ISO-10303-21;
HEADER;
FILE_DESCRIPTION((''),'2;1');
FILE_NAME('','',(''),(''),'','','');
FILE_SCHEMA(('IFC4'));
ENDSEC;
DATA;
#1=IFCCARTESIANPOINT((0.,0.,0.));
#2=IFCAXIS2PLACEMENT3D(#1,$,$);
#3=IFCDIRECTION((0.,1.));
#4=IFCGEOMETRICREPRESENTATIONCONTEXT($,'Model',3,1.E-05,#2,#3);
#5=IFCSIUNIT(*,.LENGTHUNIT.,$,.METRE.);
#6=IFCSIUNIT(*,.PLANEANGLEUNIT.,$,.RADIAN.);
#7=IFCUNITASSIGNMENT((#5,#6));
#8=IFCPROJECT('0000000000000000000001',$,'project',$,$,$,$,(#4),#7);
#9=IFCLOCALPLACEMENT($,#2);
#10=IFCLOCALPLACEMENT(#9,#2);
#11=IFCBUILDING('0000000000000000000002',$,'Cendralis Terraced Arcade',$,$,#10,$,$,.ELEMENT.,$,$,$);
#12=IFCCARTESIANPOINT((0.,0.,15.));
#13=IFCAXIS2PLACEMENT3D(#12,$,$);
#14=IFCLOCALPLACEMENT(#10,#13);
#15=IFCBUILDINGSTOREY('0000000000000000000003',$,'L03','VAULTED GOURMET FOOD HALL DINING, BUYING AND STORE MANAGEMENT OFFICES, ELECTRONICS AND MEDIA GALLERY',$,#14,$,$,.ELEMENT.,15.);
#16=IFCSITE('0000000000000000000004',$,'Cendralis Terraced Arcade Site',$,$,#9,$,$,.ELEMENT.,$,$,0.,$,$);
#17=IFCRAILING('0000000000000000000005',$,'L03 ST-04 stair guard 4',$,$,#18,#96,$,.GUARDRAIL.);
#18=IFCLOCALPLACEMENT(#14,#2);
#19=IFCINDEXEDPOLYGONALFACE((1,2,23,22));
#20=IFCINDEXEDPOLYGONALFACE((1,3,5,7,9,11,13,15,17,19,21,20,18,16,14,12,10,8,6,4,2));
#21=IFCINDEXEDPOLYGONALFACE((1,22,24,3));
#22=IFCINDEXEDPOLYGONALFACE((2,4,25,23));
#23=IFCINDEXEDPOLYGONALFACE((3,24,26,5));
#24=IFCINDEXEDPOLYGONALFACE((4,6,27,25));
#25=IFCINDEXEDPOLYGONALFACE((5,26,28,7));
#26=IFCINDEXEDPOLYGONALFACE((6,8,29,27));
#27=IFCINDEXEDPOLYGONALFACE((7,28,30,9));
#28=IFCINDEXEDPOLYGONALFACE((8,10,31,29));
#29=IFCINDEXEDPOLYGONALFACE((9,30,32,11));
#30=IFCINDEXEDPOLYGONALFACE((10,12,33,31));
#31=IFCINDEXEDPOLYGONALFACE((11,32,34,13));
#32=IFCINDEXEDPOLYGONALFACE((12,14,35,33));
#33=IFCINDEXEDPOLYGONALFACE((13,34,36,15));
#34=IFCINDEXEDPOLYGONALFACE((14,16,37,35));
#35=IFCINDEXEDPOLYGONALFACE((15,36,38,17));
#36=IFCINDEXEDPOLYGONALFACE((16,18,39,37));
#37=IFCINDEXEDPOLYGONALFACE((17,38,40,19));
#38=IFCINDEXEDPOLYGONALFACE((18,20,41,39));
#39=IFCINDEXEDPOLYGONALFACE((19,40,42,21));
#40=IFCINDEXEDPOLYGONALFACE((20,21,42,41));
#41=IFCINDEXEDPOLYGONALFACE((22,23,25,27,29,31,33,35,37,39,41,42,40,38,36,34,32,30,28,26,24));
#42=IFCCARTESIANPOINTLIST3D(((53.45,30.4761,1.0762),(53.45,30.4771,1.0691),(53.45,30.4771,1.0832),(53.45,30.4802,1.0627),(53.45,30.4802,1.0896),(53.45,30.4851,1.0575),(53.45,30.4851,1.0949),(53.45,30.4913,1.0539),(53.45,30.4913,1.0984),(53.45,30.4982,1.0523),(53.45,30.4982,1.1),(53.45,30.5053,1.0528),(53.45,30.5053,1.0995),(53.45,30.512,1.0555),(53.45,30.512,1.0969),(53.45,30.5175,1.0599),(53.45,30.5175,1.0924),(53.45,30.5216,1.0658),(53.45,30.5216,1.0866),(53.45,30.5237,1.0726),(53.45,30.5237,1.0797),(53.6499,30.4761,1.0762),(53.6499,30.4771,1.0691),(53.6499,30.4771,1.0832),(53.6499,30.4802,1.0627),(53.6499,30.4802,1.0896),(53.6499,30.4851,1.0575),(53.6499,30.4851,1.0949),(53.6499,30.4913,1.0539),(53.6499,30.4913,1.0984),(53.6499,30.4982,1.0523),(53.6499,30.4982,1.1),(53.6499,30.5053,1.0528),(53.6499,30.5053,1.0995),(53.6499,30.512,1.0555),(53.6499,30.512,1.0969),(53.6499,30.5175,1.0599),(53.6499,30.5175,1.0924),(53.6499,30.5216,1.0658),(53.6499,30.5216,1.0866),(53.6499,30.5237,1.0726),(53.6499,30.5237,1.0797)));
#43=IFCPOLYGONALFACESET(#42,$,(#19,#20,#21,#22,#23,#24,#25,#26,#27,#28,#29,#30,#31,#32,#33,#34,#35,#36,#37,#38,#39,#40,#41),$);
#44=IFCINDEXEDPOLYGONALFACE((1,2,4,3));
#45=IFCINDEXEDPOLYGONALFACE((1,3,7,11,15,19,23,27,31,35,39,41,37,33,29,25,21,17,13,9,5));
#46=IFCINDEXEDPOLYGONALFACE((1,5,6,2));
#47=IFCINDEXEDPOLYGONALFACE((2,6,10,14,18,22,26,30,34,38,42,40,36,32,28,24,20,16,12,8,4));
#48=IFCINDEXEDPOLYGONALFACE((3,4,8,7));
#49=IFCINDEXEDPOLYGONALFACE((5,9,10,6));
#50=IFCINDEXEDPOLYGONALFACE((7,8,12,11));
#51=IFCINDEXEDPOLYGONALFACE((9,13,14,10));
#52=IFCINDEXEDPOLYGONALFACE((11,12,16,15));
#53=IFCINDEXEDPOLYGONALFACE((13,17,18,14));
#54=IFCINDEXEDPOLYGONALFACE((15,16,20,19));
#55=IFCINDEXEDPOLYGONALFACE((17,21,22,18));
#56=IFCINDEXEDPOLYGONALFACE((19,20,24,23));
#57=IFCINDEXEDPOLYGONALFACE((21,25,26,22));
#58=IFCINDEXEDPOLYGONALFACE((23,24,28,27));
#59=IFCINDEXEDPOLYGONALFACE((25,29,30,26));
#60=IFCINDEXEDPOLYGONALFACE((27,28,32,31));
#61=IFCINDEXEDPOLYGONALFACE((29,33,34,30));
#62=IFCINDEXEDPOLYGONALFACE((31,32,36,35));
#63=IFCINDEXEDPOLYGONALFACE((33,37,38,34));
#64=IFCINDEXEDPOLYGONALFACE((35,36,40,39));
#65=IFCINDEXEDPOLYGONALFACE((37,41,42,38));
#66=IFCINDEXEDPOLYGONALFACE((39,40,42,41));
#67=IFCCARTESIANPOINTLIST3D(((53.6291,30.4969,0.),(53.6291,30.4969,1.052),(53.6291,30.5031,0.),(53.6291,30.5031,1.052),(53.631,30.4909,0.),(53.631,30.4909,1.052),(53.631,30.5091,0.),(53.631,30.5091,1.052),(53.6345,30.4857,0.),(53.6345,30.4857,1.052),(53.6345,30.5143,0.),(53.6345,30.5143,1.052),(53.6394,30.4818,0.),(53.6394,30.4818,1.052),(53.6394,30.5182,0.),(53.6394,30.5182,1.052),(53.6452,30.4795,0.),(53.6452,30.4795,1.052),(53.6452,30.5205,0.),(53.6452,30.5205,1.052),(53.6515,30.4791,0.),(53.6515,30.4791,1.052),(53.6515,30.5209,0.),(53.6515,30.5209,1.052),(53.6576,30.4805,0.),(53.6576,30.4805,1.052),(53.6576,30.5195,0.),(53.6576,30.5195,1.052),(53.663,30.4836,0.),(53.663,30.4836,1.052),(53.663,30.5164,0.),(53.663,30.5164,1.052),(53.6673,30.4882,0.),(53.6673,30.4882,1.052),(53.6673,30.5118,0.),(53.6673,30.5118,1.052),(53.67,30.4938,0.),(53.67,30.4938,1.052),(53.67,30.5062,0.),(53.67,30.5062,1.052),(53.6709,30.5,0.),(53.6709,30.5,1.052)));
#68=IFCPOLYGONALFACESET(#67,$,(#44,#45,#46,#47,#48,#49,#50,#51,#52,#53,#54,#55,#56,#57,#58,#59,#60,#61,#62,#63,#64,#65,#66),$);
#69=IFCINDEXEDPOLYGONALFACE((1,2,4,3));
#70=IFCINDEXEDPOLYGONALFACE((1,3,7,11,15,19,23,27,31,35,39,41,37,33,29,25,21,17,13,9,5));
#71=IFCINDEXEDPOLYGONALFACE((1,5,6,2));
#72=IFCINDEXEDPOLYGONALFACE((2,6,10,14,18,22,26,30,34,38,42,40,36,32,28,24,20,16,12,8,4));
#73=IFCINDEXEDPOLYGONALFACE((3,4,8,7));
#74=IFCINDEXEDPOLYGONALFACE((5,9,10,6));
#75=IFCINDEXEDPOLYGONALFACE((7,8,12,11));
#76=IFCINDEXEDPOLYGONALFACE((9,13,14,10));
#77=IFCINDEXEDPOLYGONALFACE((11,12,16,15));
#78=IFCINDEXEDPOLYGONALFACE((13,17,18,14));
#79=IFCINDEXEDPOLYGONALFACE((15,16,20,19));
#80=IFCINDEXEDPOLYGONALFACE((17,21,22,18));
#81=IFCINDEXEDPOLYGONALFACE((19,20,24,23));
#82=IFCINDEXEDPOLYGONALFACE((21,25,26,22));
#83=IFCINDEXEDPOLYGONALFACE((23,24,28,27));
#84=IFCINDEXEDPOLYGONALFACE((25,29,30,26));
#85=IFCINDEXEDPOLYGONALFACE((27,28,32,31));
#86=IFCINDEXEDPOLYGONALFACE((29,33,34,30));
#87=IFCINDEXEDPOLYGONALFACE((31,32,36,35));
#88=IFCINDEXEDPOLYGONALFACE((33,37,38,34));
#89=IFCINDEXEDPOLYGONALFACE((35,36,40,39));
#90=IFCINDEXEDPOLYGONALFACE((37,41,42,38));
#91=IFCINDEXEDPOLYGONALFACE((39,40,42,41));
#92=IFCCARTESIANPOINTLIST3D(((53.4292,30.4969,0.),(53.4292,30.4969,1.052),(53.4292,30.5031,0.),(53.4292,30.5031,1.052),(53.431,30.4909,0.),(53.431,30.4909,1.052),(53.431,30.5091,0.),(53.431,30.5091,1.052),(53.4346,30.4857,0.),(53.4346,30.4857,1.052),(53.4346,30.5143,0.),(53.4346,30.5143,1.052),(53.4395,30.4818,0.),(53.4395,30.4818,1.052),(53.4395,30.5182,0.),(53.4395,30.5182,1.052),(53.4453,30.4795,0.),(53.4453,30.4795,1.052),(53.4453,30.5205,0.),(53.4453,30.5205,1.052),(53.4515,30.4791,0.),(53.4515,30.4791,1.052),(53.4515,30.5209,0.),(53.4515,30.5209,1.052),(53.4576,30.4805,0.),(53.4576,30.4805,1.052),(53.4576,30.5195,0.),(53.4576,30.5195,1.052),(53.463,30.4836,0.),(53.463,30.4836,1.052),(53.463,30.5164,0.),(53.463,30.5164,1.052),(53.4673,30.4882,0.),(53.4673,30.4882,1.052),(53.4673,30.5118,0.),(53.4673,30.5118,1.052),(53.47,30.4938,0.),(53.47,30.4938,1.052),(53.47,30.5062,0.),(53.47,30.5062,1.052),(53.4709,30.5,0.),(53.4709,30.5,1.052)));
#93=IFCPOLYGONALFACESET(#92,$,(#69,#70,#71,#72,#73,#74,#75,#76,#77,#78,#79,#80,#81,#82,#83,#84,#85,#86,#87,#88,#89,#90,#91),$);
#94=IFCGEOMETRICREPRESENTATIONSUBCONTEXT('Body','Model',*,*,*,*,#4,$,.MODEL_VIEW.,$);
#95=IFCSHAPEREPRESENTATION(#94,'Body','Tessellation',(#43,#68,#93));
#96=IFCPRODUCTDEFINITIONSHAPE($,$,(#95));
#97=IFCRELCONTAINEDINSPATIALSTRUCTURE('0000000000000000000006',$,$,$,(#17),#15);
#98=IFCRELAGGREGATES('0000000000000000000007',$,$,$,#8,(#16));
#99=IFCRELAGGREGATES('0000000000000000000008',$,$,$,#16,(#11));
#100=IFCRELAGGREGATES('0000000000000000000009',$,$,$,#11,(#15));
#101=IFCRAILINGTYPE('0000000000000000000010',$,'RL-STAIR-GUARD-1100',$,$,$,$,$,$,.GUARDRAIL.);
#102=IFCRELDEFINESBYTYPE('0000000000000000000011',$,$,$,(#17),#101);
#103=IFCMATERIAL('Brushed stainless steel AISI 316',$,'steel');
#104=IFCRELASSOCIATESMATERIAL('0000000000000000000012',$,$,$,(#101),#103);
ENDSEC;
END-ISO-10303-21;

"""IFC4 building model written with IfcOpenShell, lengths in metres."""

from ifc_helpers import new_model, si_unit, direction, frame, origin, origin_2d, place, context, subcontext, project, spatial, circle, extrude, material, type_object, element, save


model = new_model("IFC4")

# Units and contexts
model_context = context("Model", 3, precision=1e-05, world=origin(), true_north=direction((0.0, 1.0)))
body_context = subcontext(model_context, "Body", "Model", "MODEL_VIEW")
ifc_project = project(units=[si_unit("LENGTHUNIT", "METRE"), si_unit("PLANEANGLEUNIT", "RADIAN")], contexts=[model_context])

# Site, building, storey
site_placement = place(None, origin())
site = spatial("IfcSite", under=ifc_project, at=site_placement, Name="Cendralis Terraced Arcade Site", CompositionType="ELEMENT", RefElevation=0.0)
building_placement = place(site_placement, origin())
building = spatial("IfcBuilding", under=site, at=building_placement, Name="Cendralis Terraced Arcade", CompositionType="ELEMENT")
storey_placement = place(building_placement, frame((0.0, 0.0, 15.0)))
storey = spatial("IfcBuildingStorey", under=building, at=storey_placement, Name="L03", Description="VAULTED GOURMET FOOD HALL DINING, BUYING AND STORE MANAGEMENT OFFICES, ELECTRONICS AND MEDIA GALLERY", CompositionType="ELEMENT", Elevation=15.0)

# Railing
ifc_material_1 = material(Name="Brushed stainless steel AISI 316", Category="steel")
railing_type_1 = type_object("IfcRailingType", Name="RL-STAIR-GUARD-1100", PredefinedType="GUARDRAIL", material=ifc_material_1)
railing_1_placement = place(storey_placement, frame((53.6499, 30.5, 0.0)))
element("IfcRailing", 1, at=railing_1_placement, inside=storey, type_object=railing_type_1, Name="L03 ST-04 stair guard 4", PredefinedType="GUARDRAIL", context=body_context, shape_type="SweptSolid", body=[
    extrude(circle(Radius=0.0239, at=origin_2d()), frame((0.0, 0.0, 1.0762), z_axis=(-1.0, 0.0, 0.0), x_axis=(0.0, -1.0, 0.0)), (0.0, 0.0, 1.0), 0.2),
    extrude(circle(Radius=0.021, at=origin_2d()), origin(), (0.0, 0.0, 1.0), 1.052),
    extrude(circle(Radius=0.021, at=origin_2d()), frame((-0.2, 0.0, 0.0)), (0.0, 0.0, 1.0), 1.052),
])

save(model, "model.ifc")
